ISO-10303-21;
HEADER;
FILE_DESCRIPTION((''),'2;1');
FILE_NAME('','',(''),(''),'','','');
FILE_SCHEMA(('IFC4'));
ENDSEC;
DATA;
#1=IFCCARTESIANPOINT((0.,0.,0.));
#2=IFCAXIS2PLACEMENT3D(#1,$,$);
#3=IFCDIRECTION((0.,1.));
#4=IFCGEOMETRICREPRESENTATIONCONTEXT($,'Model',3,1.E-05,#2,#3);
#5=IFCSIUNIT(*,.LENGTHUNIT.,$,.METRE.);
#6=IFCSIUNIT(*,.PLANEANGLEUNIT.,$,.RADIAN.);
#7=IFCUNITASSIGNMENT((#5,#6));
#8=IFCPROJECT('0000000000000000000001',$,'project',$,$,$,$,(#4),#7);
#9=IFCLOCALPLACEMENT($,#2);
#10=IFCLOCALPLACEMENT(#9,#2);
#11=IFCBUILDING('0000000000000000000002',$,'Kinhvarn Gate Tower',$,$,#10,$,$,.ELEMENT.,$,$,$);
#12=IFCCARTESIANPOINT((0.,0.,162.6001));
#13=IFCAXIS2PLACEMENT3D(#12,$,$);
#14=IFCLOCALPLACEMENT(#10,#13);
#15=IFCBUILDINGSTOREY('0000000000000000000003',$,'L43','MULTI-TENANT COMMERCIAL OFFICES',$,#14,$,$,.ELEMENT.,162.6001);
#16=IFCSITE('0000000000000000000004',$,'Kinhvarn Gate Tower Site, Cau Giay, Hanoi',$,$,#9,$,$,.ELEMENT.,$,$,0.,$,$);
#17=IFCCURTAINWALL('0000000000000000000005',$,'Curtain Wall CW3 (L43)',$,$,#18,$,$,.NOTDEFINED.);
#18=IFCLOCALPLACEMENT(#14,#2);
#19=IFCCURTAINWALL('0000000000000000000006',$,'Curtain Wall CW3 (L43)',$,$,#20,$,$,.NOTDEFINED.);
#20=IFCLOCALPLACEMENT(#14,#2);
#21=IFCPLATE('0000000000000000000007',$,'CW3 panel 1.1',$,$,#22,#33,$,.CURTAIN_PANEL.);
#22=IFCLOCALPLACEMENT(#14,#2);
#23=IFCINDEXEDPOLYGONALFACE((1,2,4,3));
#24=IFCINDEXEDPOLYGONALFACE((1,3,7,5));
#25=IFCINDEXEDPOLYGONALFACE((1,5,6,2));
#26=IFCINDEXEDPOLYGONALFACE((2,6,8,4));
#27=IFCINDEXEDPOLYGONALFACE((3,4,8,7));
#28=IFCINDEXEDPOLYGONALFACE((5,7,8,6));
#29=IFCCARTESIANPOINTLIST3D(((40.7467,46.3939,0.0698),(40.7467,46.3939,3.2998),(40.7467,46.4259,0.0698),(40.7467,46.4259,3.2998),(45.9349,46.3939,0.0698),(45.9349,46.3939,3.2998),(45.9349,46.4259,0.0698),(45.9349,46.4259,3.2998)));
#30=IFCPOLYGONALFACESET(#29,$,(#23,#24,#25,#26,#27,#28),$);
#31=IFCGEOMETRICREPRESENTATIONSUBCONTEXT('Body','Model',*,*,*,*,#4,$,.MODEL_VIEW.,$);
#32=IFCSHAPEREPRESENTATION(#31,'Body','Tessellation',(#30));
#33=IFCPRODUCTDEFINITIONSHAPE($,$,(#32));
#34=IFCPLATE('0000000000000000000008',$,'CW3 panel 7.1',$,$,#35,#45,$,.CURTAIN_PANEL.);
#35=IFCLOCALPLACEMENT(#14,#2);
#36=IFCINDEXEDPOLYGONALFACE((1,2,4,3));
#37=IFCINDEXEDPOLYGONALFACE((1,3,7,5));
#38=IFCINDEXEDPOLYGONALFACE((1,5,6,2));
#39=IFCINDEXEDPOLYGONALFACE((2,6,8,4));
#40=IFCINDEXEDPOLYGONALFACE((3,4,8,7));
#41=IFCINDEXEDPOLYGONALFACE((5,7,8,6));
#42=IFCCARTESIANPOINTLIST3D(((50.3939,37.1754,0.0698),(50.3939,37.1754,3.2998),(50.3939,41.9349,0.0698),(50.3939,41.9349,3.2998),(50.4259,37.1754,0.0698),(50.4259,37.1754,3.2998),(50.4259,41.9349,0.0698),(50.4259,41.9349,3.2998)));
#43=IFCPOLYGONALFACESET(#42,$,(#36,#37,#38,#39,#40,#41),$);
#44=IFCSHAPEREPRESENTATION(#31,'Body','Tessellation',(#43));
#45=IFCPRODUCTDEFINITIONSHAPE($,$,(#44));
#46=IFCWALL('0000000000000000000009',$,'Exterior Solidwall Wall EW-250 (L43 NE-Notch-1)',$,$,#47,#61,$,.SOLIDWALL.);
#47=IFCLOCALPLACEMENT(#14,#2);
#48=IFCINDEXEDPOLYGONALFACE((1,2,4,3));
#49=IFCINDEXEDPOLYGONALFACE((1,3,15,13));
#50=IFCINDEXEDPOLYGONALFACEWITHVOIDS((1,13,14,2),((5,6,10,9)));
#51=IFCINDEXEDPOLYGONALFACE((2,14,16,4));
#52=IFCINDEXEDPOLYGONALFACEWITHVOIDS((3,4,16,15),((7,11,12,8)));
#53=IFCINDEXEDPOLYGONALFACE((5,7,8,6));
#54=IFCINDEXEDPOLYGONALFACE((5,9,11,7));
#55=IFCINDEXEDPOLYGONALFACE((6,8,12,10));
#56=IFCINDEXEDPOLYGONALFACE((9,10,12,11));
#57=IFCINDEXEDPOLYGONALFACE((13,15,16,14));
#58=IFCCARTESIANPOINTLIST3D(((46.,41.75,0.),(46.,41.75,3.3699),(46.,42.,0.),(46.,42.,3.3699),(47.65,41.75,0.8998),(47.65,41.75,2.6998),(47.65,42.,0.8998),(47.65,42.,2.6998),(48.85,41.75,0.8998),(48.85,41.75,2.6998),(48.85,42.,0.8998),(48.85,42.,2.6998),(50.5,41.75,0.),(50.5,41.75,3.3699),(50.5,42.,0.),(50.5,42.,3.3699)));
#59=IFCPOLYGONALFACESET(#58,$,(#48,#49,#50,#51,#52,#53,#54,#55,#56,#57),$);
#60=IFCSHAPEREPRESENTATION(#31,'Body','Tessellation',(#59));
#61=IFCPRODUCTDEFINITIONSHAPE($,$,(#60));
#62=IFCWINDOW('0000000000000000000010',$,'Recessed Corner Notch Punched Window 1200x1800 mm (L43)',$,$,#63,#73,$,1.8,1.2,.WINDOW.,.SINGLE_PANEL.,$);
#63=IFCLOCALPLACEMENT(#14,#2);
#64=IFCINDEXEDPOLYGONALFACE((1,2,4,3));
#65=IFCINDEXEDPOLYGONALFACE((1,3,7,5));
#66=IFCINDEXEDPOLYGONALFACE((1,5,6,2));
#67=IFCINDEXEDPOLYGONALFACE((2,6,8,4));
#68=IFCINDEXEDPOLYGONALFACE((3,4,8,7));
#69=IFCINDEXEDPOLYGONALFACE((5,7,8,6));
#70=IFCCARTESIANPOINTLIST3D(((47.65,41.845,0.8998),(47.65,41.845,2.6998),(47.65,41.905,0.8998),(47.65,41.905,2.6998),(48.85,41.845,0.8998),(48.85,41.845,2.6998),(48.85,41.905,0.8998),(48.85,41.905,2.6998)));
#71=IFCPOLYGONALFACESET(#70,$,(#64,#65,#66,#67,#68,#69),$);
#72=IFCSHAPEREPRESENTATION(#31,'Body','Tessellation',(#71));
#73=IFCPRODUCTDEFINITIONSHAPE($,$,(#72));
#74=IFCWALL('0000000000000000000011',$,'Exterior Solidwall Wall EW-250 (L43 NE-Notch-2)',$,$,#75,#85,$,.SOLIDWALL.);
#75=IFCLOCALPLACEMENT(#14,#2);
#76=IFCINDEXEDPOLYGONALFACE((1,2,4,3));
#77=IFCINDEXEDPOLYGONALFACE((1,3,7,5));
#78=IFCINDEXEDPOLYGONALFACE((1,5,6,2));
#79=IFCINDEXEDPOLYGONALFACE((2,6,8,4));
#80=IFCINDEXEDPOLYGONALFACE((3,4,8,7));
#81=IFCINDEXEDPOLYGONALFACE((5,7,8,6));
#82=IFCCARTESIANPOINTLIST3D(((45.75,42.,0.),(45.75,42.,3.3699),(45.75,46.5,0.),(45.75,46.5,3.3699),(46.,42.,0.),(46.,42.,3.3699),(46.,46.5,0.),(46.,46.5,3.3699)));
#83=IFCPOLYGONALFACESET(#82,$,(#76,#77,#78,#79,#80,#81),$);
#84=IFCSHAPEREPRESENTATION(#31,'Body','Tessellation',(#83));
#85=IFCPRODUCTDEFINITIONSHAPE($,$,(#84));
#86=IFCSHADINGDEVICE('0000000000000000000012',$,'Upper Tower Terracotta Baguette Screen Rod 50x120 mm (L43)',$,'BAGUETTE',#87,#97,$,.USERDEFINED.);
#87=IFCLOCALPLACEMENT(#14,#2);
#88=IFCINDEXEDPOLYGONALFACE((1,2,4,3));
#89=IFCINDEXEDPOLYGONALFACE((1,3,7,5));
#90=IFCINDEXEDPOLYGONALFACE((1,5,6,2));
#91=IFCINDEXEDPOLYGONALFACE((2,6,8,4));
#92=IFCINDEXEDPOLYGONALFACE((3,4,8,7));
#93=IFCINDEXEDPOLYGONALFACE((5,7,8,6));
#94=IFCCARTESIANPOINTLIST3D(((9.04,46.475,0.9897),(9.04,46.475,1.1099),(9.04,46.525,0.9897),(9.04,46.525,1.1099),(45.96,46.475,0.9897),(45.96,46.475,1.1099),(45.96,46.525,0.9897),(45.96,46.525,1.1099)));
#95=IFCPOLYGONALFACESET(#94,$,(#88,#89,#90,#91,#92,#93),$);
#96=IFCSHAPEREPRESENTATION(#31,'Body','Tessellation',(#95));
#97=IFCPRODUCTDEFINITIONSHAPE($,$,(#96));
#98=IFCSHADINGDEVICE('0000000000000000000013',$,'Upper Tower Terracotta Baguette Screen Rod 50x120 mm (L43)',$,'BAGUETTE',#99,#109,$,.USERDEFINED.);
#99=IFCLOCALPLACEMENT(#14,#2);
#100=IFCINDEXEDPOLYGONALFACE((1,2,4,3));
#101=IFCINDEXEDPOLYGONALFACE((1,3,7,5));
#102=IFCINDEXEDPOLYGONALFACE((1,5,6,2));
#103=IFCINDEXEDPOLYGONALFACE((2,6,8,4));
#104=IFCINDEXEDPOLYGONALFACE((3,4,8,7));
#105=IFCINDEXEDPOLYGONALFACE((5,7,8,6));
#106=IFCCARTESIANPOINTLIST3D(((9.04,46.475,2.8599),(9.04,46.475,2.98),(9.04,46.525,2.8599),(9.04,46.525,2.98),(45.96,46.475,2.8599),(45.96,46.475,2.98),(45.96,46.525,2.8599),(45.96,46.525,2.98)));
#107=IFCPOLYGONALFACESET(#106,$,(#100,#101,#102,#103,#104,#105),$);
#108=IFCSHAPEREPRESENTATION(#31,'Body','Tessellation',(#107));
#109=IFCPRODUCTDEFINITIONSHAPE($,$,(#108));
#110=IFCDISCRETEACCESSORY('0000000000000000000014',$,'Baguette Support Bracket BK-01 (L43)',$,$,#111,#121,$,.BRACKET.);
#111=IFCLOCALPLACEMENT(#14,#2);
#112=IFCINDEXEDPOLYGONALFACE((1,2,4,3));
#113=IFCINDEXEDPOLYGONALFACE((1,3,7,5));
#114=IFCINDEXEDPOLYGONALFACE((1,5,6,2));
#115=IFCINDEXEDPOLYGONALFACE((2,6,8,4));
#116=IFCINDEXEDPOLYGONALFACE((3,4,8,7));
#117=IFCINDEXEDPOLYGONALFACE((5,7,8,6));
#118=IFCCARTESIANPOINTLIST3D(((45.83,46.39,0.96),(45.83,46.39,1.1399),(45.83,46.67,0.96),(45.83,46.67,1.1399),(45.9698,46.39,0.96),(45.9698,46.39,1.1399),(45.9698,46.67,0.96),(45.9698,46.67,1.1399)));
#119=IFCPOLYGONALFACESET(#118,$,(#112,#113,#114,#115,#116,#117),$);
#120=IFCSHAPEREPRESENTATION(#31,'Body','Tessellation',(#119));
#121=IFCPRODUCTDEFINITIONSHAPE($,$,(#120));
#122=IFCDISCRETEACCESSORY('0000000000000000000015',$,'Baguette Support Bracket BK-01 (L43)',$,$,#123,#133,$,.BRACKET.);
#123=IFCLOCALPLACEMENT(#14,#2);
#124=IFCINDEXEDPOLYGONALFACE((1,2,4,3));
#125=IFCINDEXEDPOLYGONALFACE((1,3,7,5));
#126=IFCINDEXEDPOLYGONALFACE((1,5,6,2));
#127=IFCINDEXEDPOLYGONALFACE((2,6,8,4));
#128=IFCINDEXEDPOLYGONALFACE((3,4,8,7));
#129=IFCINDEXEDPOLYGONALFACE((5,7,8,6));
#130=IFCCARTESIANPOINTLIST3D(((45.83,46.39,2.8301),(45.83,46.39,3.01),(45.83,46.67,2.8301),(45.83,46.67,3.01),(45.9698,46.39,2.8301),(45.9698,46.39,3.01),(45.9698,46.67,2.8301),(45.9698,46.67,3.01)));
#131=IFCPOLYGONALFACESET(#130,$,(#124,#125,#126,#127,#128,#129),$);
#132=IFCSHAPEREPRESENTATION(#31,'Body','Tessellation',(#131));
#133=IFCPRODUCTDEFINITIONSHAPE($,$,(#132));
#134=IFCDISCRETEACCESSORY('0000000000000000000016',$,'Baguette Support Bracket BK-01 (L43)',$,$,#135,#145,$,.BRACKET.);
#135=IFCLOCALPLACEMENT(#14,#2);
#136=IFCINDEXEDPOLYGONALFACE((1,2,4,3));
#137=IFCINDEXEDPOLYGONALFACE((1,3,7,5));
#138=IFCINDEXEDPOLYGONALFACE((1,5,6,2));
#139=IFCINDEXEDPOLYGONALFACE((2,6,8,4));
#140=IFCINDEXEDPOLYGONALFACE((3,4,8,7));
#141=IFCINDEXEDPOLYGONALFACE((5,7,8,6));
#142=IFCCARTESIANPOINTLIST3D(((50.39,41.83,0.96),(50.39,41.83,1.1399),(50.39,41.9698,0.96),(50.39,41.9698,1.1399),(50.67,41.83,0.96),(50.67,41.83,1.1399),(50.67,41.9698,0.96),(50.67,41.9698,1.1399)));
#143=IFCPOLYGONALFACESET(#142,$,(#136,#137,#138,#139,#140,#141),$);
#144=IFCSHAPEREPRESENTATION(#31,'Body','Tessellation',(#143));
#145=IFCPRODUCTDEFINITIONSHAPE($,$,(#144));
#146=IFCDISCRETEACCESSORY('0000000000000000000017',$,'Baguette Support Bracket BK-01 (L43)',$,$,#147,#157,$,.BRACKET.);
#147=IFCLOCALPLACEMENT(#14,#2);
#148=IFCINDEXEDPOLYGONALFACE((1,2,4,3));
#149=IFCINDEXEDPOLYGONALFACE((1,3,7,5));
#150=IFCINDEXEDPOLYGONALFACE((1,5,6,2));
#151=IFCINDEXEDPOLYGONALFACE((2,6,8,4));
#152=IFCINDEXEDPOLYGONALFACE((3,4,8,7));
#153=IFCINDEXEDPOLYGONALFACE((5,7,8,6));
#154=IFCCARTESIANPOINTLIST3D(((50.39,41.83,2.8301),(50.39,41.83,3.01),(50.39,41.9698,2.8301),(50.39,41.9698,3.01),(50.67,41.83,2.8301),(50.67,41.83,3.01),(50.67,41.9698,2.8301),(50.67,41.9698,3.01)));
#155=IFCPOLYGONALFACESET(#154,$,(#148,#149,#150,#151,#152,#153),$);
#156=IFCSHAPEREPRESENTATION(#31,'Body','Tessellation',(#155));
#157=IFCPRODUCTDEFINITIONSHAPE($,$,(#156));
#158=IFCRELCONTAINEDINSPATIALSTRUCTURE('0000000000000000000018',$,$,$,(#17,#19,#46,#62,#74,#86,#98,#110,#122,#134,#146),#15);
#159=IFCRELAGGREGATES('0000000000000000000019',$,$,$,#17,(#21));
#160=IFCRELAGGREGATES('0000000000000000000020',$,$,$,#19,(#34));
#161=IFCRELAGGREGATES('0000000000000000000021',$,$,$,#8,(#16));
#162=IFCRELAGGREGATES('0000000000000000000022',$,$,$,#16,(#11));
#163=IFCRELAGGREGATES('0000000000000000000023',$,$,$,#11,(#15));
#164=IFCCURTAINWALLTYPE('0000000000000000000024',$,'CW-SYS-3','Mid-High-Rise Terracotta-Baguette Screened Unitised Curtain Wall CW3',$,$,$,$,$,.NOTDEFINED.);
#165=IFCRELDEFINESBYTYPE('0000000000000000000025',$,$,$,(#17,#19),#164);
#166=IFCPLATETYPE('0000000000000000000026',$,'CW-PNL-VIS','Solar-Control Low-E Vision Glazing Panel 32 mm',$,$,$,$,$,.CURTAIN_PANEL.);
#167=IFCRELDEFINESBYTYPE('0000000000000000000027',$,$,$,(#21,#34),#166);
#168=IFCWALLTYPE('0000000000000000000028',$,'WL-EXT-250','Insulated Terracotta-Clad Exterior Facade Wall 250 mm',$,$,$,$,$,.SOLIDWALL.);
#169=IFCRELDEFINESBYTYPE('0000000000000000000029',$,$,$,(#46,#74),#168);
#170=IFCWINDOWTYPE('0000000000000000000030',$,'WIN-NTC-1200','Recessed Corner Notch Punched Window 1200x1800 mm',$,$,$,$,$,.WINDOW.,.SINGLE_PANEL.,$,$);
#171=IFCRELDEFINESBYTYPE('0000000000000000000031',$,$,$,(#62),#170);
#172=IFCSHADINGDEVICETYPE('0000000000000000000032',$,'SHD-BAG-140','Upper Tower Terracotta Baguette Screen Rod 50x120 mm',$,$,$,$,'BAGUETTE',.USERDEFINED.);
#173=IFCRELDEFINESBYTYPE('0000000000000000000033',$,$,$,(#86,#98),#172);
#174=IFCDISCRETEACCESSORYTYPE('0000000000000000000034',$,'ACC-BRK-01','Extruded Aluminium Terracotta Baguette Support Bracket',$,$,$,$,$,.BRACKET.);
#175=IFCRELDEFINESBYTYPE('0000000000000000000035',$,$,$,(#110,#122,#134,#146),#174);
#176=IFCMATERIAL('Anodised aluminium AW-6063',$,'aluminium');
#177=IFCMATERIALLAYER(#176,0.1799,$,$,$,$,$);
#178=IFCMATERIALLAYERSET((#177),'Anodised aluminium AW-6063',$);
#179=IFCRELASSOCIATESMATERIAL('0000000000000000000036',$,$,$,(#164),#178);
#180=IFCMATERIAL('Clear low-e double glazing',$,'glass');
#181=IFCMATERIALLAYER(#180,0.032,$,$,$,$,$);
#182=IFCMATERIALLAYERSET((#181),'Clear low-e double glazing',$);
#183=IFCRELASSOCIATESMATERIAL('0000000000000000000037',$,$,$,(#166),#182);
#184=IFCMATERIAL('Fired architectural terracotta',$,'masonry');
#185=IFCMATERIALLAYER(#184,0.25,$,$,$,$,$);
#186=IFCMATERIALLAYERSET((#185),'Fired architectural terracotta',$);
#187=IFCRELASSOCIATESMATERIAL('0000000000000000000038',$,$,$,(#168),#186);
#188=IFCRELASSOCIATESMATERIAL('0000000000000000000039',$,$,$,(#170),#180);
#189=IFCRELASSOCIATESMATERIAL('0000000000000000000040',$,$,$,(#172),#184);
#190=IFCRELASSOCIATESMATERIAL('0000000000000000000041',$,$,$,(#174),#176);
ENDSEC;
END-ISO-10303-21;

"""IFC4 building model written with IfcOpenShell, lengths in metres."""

from ifc_helpers import new_model, si_unit, direction, frame, frame_2d, origin, origin_2d, place, context, subcontext, project, spatial, rectangle, extrude, material, layer, layer_set, material_profile, profile_set, type_object, element, fill, aggregate, save


model = new_model("IFC4")

# Units and contexts
model_context = context("Model", 3, precision=1e-05, world=origin(), true_north=direction((0.0, 1.0)))
body_context = subcontext(model_context, "Body", "Model", "MODEL_VIEW")
ifc_project = project(units=[si_unit("LENGTHUNIT", "METRE"), si_unit("PLANEANGLEUNIT", "RADIAN")], contexts=[model_context])

# Site, building, storey
site_placement = place(None, origin())
site = spatial("IfcSite", under=ifc_project, at=site_placement, Name="Kinhvarn Gate Tower Site, Cau Giay, Hanoi", CompositionType="ELEMENT", RefElevation=0.0)
building_placement = place(site_placement, origin())
building = spatial("IfcBuilding", under=site, at=building_placement, Name="Kinhvarn Gate Tower", CompositionType="ELEMENT")
storey_placement = place(building_placement, frame((0.0, 0.0, 162.6001)))
storey = spatial("IfcBuildingStorey", under=building, at=storey_placement, Name="L43", Description="MULTI-TENANT COMMERCIAL OFFICES", CompositionType="ELEMENT", Elevation=162.6001)

# Curtain walls
ifc_material_1 = material(Name="Anodised aluminium AW-6063", Category="aluminium")
ifc_layer_1 = layer(ifc_material_1, 0.1799)
ifc_layer_set_1 = layer_set([ifc_layer_1], Name="Anodised aluminium AW-6063")
curtain_wall_type = type_object("IfcCurtainWallType", Name="CW-SYS-3", Description="Mid-High-Rise Terracotta-Baguette Screened Unitised Curtain Wall CW3", PredefinedType="NOTDEFINED", material=ifc_layer_set_1)
curtain_wall_1_placement = place(storey_placement, origin())
curtain_wall_1 = element("IfcCurtainWall", 1, at=curtain_wall_1_placement, inside=storey, type_object=curtain_wall_type, Name="Curtain Wall CW3 (L43)", PredefinedType="NOTDEFINED")
curtain_wall_2_placement = place(storey_placement, origin())
curtain_wall_2 = element("IfcCurtainWall", 2, at=curtain_wall_2_placement, inside=storey, type_object=curtain_wall_type, Name="Curtain Wall CW3 (L43)", PredefinedType="NOTDEFINED")

# Plates
ifc_material_2 = material(Name="Clear low-e double glazing", Category="glass")
ifc_layer_2 = layer(ifc_material_2, 0.032)
ifc_layer_set_2 = layer_set([ifc_layer_2], Name="Clear low-e double glazing")
plate_type = type_object("IfcPlateType", Name="CW-PNL-VIS", Description="Solar-Control Low-E Vision Glazing Panel 32 mm", PredefinedType="CURTAIN_PANEL", material=ifc_layer_set_2)
plate_1_placement = place(storey_placement, frame((43.3408, 46.4099, 0.0698), z_axis=(0.0, 0.0, 1.0), x_axis=(-1.0, 0.0, 0.0)))
plate_1 = element("IfcPlate", 3, at=plate_1_placement, type_object=plate_type, Name="CW3 panel 1.1", PredefinedType="CURTAIN_PANEL", context=body_context, shape_type="SweptSolid", body=[
    extrude(rectangle(XDim=5.1882, YDim=0.032, at=origin_2d()), origin(), (0.0, 0.0, 1.0), 3.23),
])
aggregate(curtain_wall_1, [plate_1])
plate_2_placement = place(storey_placement, frame((50.4099, 39.5552, 0.0698), z_axis=(0.0, 0.0, 1.0), x_axis=(0.0, 1.0, 0.0)))
plate_2 = element("IfcPlate", 4, at=plate_2_placement, type_object=plate_type, Name="CW3 panel 7.1", PredefinedType="CURTAIN_PANEL", context=body_context, shape_type="SweptSolid", body=[
    extrude(rectangle(XDim=4.7595, YDim=0.032, at=origin_2d()), origin(), (0.0, 0.0, 1.0), 3.23),
])
aggregate(curtain_wall_2, [plate_2])

# Wall, opening, window
ifc_material_3 = material(Name="Fired architectural terracotta", Category="masonry")
ifc_layer_3 = layer(ifc_material_3, 0.25)
ifc_layer_set_3 = layer_set([ifc_layer_3], Name="Fired architectural terracotta")
wall_type = type_object("IfcWallType", Name="WL-EXT-250", Description="Insulated Terracotta-Clad Exterior Facade Wall 250 mm", PredefinedType="SOLIDWALL", material=ifc_layer_set_3)
wall_1_placement = place(storey_placement, frame((50.5, 41.875, 0.0), z_axis=(0.0, 0.0, 1.0), x_axis=(-1.0, 0.0, 0.0)))
wall_1 = element("IfcWall", 5, at=wall_1_placement, inside=storey, type_object=wall_type, Name="Exterior Solidwall Wall EW-250 (L43 NE-Notch-1)", PredefinedType="SOLIDWALL", context=body_context, shape_type="SweptSolid", body=[
    extrude(rectangle(XDim=4.5, YDim=0.25, at=frame_2d((2.25, 0.0))), origin(), (0.0, 0.0, 1.0), 3.3699),
])
opening_placement = place(wall_1_placement, frame((1.6499, 0.0, 0.8999)))
opening = element("IfcOpeningElement", 6, at=opening_placement, cuts=wall_1, PredefinedType="OPENING", context=body_context, shape_type="SweptSolid", body=[
    extrude(rectangle(XDim=1.2, YDim=1.8, at=frame_2d((0.6001, 0.8999))), frame((0.0, 0.135, 0.0), z_axis=(0.0, -1.0, 0.0), x_axis=(1.0, 0.0, 0.0)), (0.0, 0.0, 1.0), 0.27),
])
window_type = type_object("IfcWindowType", Name="WIN-NTC-1200", Description="Recessed Corner Notch Punched Window 1200x1800 mm", PartitioningType="SINGLE_PANEL", PredefinedType="WINDOW", material=ifc_material_2)
window_placement = place(opening_placement, origin())
window = element("IfcWindow", 7, at=window_placement, inside=storey, type_object=window_type, Name="Recessed Corner Notch Punched Window 1200x1800 mm (L43)", OverallHeight=1.8, OverallWidth=1.2, PartitioningType="SINGLE_PANEL", PredefinedType="WINDOW", context=body_context, shape_type="SweptSolid", body=[
    extrude(rectangle(XDim=1.2, YDim=1.8, at=frame_2d((0.6001, 0.8999))), frame((0.0, 0.03, 0.0), z_axis=(0.0, -1.0, 0.0), x_axis=(1.0, 0.0, 0.0)), (0.0, 0.0, 1.0), 0.0601),
])
fill(opening, window)

# Wall
wall_2_placement = place(storey_placement, frame((45.875, 42.0, 0.0), z_axis=(0.0, 0.0, 1.0), x_axis=(0.0, 1.0, 0.0)))
element("IfcWall", 8, at=wall_2_placement, inside=storey, type_object=wall_type, Name="Exterior Solidwall Wall EW-250 (L43 NE-Notch-2)", PredefinedType="SOLIDWALL", context=body_context, shape_type="SweptSolid", body=[
    extrude(rectangle(XDim=4.5, YDim=0.25, at=frame_2d((2.25, 0.0))), origin(), (0.0, 0.0, 1.0), 3.3699),
])

# Shading devices
ifc_material_profile_1 = material_profile(ifc_material_3, rectangle(XDim=0.05, YDim=0.1201, at=origin_2d()), Name="TC 50x120")
ifc_profile_set_1 = profile_set([ifc_material_profile_1], Name="Fired architectural terracotta")
shading_device_type = type_object("IfcShadingDeviceType", Name="SHD-BAG-140", Description="Upper Tower Terracotta Baguette Screen Rod 50x120 mm", ElementType="BAGUETTE", PredefinedType="USERDEFINED", material=ifc_profile_set_1)
for number, where, z_axis, x_axis, name in (
    (9, (45.96, 46.5, 1.0498), (-1.0, 0.0, 0.0), (0.0, -1.0, 0.0), "Upper Tower Terracotta Baguette Screen Rod 50x120 mm (L43)"),
    (10, (45.96, 46.5, 2.9199), (-1.0, 0.0, 0.0), (0.0, -1.0, 0.0), "Upper Tower Terracotta Baguette Screen Rod 50x120 mm (L43)"),
):
    element("IfcShadingDevice", number, at=place(storey_placement, frame(where, z_axis=z_axis, x_axis=x_axis)), inside=storey, type_object=shading_device_type, Name=name, ObjectType="BAGUETTE", PredefinedType="USERDEFINED", context=body_context, shape_type="SweptSolid", body=[
        extrude(rectangle(XDim=0.05, YDim=0.1201, at=origin_2d()), origin(), (0.0, 0.0, 1.0), 36.9199),
    ])

# Discrete accessories
discrete_accessory_type = type_object("IfcDiscreteAccessoryType", Name="ACC-BRK-01", Description="Extruded Aluminium Terracotta Baguette Support Bracket", PredefinedType="BRACKET", material=ifc_material_1)
for number, where, z_axis, x_axis, name in (
    (11, (45.8999, 46.53, 0.96), (0.0, 0.0, 1.0), (-1.0, 0.0, 0.0), "Baguette Support Bracket BK-01 (L43)"),
    (12, (45.8999, 46.53, 2.8301), (0.0, 0.0, 1.0), (-1.0, 0.0, 0.0), "Baguette Support Bracket BK-01 (L43)"),
    (13, (50.53, 41.8999, 0.96), (0.0, 0.0, 1.0), (0.0, 1.0, 0.0), "Baguette Support Bracket BK-01 (L43)"),
    (14, (50.53, 41.8999, 2.8301), (0.0, 0.0, 1.0), (0.0, 1.0, 0.0), "Baguette Support Bracket BK-01 (L43)"),
):
    element("IfcDiscreteAccessory", number, at=place(storey_placement, frame(where, z_axis=z_axis, x_axis=x_axis)), inside=storey, type_object=discrete_accessory_type, Name=name, PredefinedType="BRACKET", context=body_context, shape_type="SweptSolid", body=[
        extrude(rectangle(XDim=0.1399, YDim=0.28, at=origin_2d()), origin(), (0.0, 0.0, 1.0), 0.1799),
    ])

save(model, "model.ifc")
